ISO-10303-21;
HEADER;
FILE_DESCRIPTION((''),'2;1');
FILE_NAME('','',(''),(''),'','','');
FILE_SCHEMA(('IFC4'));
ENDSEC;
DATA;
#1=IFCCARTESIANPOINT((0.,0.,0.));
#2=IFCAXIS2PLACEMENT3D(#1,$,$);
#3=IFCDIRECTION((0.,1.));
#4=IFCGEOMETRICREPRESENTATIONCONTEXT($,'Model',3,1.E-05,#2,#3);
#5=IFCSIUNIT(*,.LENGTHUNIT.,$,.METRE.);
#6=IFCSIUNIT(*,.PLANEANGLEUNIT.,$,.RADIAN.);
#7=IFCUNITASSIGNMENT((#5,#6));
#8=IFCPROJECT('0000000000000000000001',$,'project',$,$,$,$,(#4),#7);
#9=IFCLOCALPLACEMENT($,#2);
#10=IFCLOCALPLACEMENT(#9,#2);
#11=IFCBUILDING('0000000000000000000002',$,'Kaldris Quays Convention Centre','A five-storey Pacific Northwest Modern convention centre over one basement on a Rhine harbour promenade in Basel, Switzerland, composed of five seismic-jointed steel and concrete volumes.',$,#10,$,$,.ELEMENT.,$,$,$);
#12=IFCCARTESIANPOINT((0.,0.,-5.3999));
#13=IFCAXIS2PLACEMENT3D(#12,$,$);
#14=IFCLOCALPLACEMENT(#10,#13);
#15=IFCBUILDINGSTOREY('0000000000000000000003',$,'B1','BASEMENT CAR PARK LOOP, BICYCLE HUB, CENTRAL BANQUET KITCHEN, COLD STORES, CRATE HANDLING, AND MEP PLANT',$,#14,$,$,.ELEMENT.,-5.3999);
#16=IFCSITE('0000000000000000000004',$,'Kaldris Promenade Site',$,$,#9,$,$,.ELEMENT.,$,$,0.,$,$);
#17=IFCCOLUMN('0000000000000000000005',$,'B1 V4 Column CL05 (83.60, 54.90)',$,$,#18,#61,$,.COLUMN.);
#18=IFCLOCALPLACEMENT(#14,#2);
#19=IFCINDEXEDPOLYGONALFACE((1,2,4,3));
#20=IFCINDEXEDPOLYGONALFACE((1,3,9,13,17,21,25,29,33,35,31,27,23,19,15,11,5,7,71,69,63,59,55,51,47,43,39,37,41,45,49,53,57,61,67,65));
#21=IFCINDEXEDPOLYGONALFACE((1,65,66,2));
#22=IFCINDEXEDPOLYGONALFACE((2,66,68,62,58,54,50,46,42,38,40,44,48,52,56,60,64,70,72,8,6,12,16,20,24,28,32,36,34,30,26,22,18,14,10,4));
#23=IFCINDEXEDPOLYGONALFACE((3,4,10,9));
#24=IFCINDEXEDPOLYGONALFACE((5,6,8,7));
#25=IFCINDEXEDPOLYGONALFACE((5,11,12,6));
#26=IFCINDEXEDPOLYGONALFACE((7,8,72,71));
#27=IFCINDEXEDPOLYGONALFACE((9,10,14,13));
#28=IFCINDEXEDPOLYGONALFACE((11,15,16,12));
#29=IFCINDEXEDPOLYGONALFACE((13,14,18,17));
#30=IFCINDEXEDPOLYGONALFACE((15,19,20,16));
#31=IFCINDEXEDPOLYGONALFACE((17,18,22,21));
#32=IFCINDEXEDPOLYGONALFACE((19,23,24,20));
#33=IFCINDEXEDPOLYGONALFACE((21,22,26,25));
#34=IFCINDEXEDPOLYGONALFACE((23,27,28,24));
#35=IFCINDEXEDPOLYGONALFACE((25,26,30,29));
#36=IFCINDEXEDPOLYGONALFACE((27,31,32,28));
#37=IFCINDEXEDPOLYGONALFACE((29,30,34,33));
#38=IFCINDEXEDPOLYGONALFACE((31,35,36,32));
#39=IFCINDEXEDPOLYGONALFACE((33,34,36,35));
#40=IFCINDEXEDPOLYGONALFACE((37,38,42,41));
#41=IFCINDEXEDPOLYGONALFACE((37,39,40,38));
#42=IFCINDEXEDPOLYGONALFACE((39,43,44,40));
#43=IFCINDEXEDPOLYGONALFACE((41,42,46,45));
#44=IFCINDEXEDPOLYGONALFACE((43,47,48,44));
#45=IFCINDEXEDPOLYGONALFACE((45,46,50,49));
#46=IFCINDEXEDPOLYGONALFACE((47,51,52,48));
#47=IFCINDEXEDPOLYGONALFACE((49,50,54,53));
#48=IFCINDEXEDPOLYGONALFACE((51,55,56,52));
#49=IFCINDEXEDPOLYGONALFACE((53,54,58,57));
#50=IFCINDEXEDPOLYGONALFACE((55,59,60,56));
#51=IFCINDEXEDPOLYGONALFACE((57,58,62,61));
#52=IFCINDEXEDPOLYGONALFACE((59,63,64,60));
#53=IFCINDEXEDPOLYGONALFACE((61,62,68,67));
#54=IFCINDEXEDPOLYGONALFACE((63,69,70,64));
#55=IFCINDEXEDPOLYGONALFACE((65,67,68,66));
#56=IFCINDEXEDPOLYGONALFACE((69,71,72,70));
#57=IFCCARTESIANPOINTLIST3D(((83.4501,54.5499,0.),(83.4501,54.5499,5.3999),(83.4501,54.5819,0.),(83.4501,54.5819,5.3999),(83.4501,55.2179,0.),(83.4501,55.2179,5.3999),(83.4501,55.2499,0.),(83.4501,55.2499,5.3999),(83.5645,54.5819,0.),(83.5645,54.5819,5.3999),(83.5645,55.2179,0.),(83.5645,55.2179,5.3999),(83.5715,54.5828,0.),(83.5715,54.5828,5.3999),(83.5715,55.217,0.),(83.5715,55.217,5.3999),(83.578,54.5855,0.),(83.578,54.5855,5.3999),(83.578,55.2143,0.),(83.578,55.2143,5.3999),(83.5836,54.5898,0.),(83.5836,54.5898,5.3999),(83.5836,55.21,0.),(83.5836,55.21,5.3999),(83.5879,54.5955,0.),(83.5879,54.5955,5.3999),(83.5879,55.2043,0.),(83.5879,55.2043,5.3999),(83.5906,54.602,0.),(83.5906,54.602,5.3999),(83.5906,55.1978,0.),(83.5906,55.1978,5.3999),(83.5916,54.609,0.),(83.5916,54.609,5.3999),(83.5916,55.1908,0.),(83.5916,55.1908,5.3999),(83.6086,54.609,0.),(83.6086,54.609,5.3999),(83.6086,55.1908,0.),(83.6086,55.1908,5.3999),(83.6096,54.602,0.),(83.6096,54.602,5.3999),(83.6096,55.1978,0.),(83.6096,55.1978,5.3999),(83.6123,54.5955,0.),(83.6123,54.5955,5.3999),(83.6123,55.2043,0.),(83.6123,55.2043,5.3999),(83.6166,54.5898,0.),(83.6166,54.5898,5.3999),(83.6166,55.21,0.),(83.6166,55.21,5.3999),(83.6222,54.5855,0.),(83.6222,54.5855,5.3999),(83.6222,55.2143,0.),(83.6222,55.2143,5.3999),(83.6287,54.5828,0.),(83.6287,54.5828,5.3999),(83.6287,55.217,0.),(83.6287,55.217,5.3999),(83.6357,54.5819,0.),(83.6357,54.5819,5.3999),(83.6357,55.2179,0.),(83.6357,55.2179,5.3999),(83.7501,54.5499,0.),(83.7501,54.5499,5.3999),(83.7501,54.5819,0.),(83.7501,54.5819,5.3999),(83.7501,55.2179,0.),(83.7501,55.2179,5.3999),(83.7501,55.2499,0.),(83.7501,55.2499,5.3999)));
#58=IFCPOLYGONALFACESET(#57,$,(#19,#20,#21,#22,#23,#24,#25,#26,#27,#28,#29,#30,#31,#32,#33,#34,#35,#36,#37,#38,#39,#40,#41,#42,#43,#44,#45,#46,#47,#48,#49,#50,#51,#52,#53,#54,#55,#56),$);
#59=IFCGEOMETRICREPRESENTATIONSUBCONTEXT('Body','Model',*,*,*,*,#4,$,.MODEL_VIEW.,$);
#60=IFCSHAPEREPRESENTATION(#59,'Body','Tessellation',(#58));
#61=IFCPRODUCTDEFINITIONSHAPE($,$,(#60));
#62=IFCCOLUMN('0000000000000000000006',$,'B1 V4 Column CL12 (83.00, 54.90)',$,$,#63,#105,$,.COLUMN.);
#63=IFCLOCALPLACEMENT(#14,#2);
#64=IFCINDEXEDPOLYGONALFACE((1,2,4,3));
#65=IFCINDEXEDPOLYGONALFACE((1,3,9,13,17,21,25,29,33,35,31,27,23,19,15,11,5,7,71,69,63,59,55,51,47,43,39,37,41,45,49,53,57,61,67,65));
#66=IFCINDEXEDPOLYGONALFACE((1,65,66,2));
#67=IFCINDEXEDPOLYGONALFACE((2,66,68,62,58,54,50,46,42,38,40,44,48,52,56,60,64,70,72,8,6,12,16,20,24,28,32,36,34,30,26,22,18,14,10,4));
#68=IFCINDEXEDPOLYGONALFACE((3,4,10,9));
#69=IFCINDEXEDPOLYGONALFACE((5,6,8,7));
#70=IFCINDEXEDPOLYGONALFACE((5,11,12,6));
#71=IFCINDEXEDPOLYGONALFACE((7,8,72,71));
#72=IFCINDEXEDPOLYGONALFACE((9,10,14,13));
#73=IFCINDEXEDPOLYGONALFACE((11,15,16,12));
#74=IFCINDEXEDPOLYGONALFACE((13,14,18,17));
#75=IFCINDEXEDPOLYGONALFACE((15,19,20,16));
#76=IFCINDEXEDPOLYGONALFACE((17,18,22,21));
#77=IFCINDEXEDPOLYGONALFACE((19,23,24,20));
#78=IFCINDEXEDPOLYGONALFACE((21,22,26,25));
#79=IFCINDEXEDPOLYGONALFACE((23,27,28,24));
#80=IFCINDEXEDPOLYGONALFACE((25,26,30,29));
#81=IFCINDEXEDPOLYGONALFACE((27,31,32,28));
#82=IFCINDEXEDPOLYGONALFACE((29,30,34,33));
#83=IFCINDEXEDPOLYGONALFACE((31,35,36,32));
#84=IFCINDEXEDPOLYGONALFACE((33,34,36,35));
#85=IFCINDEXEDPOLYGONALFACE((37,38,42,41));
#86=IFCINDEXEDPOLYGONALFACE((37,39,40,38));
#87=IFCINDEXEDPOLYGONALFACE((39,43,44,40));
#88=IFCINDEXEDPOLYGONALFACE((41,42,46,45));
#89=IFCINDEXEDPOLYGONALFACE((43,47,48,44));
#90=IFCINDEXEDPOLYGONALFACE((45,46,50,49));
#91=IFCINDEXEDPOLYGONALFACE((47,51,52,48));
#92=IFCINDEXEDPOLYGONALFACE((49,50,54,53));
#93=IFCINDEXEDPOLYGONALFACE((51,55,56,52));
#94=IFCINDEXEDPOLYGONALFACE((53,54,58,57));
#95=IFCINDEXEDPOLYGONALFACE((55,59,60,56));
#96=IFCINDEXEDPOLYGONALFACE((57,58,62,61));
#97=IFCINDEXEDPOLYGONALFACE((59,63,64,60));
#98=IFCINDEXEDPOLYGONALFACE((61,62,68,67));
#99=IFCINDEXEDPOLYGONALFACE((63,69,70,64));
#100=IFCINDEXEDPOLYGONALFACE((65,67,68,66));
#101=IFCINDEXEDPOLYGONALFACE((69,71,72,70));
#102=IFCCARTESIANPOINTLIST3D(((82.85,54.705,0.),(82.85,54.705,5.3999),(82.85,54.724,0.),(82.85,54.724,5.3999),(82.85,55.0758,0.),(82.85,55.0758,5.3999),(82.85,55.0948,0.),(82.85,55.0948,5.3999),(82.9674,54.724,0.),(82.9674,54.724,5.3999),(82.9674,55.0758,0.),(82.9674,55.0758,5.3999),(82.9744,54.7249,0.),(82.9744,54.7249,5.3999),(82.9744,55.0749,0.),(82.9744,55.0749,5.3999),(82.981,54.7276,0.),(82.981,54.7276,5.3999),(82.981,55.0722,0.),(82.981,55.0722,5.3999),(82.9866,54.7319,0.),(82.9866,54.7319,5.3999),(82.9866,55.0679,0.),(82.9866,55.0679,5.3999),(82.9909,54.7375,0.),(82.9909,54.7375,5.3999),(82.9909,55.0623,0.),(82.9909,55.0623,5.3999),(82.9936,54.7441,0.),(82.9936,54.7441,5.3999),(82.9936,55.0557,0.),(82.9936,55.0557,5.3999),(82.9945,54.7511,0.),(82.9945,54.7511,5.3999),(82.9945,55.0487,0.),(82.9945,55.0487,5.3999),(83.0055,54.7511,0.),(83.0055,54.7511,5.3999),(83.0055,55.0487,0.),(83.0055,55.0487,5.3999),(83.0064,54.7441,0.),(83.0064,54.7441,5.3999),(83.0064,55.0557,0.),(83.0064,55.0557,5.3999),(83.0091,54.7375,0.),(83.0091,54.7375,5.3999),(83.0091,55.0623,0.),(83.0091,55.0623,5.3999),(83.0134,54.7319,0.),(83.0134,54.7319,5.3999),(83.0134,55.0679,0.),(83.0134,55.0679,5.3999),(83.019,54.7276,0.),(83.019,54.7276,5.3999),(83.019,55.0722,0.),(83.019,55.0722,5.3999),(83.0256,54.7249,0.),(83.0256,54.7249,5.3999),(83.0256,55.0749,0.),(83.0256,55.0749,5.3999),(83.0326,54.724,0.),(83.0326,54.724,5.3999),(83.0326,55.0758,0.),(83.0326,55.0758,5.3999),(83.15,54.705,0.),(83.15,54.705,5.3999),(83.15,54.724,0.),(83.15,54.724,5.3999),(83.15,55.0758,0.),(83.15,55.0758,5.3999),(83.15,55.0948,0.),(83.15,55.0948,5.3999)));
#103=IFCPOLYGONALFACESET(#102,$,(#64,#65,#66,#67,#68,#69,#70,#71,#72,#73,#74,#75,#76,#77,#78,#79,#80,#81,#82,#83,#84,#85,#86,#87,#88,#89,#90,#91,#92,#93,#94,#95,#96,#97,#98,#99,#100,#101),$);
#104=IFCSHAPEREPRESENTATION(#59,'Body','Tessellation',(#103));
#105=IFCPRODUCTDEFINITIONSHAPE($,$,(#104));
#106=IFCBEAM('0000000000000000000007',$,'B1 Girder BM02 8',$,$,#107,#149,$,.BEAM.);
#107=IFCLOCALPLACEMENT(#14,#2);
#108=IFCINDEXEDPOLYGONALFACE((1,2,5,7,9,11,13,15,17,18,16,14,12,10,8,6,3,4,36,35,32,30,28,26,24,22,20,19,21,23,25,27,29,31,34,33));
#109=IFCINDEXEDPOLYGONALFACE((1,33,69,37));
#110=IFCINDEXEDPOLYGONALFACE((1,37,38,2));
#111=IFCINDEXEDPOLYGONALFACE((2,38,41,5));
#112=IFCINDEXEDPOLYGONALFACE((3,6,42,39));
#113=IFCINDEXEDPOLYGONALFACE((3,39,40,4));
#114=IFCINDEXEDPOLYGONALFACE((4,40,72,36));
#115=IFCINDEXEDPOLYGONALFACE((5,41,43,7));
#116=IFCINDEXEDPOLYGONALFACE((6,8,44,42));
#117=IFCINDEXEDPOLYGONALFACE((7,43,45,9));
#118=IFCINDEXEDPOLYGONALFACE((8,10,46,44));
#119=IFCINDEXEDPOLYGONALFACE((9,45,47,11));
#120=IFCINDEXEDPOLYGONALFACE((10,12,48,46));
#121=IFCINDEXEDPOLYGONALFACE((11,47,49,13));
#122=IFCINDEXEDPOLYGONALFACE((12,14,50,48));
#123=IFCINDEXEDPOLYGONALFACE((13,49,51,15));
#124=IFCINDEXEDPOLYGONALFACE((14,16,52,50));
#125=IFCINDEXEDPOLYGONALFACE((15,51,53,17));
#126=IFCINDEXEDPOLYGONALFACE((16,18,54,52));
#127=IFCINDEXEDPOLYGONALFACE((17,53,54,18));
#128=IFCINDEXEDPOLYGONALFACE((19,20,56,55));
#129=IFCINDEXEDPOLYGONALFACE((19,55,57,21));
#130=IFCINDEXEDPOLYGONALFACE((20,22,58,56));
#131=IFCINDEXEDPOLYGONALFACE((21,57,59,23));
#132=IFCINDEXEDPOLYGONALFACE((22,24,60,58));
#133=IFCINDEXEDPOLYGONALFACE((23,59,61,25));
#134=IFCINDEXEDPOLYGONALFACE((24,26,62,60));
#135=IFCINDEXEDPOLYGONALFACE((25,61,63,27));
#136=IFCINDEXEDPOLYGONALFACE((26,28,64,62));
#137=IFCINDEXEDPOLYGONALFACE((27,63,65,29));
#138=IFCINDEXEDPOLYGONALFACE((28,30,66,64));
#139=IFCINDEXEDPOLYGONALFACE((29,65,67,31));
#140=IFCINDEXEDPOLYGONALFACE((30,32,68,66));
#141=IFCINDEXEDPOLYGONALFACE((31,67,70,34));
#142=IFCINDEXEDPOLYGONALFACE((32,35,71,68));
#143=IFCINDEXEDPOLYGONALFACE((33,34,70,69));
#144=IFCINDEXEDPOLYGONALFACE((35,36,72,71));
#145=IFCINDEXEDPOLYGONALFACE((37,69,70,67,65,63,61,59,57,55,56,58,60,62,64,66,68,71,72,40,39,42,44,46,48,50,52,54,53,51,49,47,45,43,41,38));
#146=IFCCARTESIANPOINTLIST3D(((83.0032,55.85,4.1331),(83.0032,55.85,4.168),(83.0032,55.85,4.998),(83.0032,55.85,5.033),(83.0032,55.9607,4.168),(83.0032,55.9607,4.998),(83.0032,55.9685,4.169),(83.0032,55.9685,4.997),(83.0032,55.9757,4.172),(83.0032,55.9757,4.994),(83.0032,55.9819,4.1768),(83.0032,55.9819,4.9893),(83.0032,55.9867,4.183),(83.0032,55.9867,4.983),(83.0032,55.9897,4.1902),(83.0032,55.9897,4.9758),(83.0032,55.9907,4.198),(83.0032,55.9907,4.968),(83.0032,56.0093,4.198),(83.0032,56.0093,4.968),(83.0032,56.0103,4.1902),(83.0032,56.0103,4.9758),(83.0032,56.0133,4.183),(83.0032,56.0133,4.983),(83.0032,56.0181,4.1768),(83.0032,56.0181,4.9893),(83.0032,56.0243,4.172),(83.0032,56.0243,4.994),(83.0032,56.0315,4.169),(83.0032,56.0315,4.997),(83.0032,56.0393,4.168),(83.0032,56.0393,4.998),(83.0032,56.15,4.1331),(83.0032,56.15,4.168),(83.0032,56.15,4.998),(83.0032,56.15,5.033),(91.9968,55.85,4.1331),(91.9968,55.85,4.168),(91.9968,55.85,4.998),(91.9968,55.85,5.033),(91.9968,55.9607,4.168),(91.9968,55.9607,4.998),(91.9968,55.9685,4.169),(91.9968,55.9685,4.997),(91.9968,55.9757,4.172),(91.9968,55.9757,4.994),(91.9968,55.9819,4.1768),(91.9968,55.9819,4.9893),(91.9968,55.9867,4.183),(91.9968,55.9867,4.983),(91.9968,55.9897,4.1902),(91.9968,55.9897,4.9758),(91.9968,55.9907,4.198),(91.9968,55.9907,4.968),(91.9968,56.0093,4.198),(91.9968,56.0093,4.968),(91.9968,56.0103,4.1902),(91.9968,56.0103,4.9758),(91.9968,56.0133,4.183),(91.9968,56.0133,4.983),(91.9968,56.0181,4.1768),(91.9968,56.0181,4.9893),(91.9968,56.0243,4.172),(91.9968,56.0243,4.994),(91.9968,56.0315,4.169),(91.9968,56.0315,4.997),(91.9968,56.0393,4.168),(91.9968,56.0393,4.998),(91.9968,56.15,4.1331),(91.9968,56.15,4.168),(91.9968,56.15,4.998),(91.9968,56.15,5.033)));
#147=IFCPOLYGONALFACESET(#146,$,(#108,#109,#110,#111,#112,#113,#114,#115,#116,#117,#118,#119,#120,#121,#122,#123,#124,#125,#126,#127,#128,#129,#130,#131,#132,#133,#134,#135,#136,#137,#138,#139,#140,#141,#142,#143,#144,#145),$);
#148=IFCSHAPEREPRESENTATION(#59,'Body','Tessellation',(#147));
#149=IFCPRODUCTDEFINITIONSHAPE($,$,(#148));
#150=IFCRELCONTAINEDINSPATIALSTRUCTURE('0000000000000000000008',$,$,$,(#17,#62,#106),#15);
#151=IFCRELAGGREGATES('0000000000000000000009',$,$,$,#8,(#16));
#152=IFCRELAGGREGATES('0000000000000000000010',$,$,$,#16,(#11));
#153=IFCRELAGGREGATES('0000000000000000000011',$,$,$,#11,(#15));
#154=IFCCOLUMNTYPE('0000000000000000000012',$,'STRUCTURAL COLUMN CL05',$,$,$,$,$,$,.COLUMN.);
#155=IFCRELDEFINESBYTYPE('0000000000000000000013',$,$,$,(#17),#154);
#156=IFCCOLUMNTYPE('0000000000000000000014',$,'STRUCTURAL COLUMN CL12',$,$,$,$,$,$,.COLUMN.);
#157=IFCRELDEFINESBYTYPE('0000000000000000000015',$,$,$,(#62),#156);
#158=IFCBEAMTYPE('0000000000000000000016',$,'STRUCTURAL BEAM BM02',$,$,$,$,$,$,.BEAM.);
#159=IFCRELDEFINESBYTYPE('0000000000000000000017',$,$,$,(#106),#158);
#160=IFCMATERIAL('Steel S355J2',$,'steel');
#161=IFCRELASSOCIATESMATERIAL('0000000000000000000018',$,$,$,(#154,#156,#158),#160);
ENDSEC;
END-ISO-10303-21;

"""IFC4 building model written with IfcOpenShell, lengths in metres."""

from ifc_helpers import new_model, si_unit, direction, frame, origin, origin_2d, place, context, subcontext, project, spatial, i_section, extrude, material, material_profile, profile_set, type_object, element, save


model = new_model("IFC4")

# Units and contexts
model_context = context("Model", 3, precision=1e-05, world=origin(), true_north=direction((0.0, 1.0)))
body_context = subcontext(model_context, "Body", "Model", "MODEL_VIEW")
ifc_project = project(units=[si_unit("LENGTHUNIT", "METRE"), si_unit("PLANEANGLEUNIT", "RADIAN")], contexts=[model_context])

# Site, building, storey
site_placement = place(None, origin())
site = spatial("IfcSite", under=ifc_project, at=site_placement, Name="Kaldris Promenade Site", CompositionType="ELEMENT", RefElevation=0.0)
building_placement = place(site_placement, origin())
building = spatial("IfcBuilding", under=site, at=building_placement, Name="Kaldris Quays Convention Centre", Description="A five-storey Pacific Northwest Modern convention centre over one basement on a Rhine harbour promenade in Basel, Switzerland, composed of five seismic-jointed steel and concrete volumes.", CompositionType="ELEMENT")
storey_placement = place(building_placement, frame((0.0, 0.0, -5.3999)))
storey = spatial("IfcBuildingStorey", under=building, at=storey_placement, Name="B1", Description="BASEMENT CAR PARK LOOP, BICYCLE HUB, CENTRAL BANQUET KITCHEN, COLD STORES, CRATE HANDLING, AND MEP PLANT", CompositionType="ELEMENT", Elevation=-5.3999)

# Columns
ifc_material_1 = material(Name="Steel S355J2", Category="steel")
ifc_material_profile_1 = material_profile(ifc_material_1, i_section(OverallWidth=0.3, OverallDepth=0.7, WebThickness=0.0171, FlangeThickness=0.032, FilletRadius=0.0271, at=origin_2d()), Name="HEB 700")
ifc_profile_set_1 = profile_set([ifc_material_profile_1], Name="Steel S355J2")
column_type_1 = type_object("IfcColumnType", Name="STRUCTURAL COLUMN CL05", PredefinedType="COLUMN", material=ifc_profile_set_1)
column_1_placement = place(storey_placement, frame((83.6001, 54.8999, 0.0), z_axis=(0.0, 0.0, 1.0), x_axis=(1.0, 0.0, 0.0)))
element("IfcColumn", 1, at=column_1_placement, inside=storey, type_object=column_type_1, Name="B1 V4 Column CL05 (83.60, 54.90)", PredefinedType="COLUMN", context=body_context, shape_type="SweptSolid", body=[
    extrude(i_section(OverallWidth=0.3, OverallDepth=0.7, WebThickness=0.0171, FlangeThickness=0.032, FilletRadius=0.0271, at=origin_2d()), origin(), (0.0, 0.0, 1.0), 5.3999),
])
ifc_material_profile_2 = material_profile(ifc_material_1, i_section(OverallWidth=0.3, OverallDepth=0.3899, WebThickness=0.011, FlangeThickness=0.019, FilletRadius=0.0271, at=origin_2d()), Name="HEA 400")
ifc_profile_set_2 = profile_set([ifc_material_profile_2], Name="Steel S355J2")
column_type_2 = type_object("IfcColumnType", Name="STRUCTURAL COLUMN CL12", PredefinedType="COLUMN", material=ifc_profile_set_2)
column_2_placement = place(storey_placement, frame((83.0, 54.8999, 0.0), z_axis=(0.0, 0.0, 1.0), x_axis=(1.0, 0.0, 0.0)))
element("IfcColumn", 2, at=column_2_placement, inside=storey, type_object=column_type_2, Name="B1 V4 Column CL12 (83.00, 54.90)", PredefinedType="COLUMN", context=body_context, shape_type="SweptSolid", body=[
    extrude(i_section(OverallWidth=0.3, OverallDepth=0.3899, WebThickness=0.011, FlangeThickness=0.019, FilletRadius=0.0271, at=origin_2d()), origin(), (0.0, 0.0, 1.0), 5.3999),
])

# Beam
ifc_material_profile_3 = material_profile(ifc_material_1, i_section(OverallWidth=0.3, OverallDepth=0.8999, WebThickness=0.0186, FlangeThickness=0.0349, FilletRadius=0.03, at=origin_2d()), Name="HEB 900")
ifc_profile_set_3 = profile_set([ifc_material_profile_3], Name="Steel S355J2")
beam_type_1 = type_object("IfcBeamType", Name="STRUCTURAL BEAM BM02", PredefinedType="BEAM", material=ifc_profile_set_3)
beam_1_placement = place(storey_placement, frame((83.0032, 56.0, 4.583), z_axis=(1.0, 0.0, 0.0), x_axis=(0.0, 1.0, 0.0)))
element("IfcBeam", 3, at=beam_1_placement, inside=storey, type_object=beam_type_1, Name="B1 Girder BM02 8", PredefinedType="BEAM", context=body_context, shape_type="SweptSolid", body=[
    extrude(i_section(OverallWidth=0.3, OverallDepth=0.8999, WebThickness=0.0186, FlangeThickness=0.0349, FilletRadius=0.03, at=origin_2d()), origin(), (0.0, 0.0, 1.0), 8.9937),
])

save(model, "model.ifc")
